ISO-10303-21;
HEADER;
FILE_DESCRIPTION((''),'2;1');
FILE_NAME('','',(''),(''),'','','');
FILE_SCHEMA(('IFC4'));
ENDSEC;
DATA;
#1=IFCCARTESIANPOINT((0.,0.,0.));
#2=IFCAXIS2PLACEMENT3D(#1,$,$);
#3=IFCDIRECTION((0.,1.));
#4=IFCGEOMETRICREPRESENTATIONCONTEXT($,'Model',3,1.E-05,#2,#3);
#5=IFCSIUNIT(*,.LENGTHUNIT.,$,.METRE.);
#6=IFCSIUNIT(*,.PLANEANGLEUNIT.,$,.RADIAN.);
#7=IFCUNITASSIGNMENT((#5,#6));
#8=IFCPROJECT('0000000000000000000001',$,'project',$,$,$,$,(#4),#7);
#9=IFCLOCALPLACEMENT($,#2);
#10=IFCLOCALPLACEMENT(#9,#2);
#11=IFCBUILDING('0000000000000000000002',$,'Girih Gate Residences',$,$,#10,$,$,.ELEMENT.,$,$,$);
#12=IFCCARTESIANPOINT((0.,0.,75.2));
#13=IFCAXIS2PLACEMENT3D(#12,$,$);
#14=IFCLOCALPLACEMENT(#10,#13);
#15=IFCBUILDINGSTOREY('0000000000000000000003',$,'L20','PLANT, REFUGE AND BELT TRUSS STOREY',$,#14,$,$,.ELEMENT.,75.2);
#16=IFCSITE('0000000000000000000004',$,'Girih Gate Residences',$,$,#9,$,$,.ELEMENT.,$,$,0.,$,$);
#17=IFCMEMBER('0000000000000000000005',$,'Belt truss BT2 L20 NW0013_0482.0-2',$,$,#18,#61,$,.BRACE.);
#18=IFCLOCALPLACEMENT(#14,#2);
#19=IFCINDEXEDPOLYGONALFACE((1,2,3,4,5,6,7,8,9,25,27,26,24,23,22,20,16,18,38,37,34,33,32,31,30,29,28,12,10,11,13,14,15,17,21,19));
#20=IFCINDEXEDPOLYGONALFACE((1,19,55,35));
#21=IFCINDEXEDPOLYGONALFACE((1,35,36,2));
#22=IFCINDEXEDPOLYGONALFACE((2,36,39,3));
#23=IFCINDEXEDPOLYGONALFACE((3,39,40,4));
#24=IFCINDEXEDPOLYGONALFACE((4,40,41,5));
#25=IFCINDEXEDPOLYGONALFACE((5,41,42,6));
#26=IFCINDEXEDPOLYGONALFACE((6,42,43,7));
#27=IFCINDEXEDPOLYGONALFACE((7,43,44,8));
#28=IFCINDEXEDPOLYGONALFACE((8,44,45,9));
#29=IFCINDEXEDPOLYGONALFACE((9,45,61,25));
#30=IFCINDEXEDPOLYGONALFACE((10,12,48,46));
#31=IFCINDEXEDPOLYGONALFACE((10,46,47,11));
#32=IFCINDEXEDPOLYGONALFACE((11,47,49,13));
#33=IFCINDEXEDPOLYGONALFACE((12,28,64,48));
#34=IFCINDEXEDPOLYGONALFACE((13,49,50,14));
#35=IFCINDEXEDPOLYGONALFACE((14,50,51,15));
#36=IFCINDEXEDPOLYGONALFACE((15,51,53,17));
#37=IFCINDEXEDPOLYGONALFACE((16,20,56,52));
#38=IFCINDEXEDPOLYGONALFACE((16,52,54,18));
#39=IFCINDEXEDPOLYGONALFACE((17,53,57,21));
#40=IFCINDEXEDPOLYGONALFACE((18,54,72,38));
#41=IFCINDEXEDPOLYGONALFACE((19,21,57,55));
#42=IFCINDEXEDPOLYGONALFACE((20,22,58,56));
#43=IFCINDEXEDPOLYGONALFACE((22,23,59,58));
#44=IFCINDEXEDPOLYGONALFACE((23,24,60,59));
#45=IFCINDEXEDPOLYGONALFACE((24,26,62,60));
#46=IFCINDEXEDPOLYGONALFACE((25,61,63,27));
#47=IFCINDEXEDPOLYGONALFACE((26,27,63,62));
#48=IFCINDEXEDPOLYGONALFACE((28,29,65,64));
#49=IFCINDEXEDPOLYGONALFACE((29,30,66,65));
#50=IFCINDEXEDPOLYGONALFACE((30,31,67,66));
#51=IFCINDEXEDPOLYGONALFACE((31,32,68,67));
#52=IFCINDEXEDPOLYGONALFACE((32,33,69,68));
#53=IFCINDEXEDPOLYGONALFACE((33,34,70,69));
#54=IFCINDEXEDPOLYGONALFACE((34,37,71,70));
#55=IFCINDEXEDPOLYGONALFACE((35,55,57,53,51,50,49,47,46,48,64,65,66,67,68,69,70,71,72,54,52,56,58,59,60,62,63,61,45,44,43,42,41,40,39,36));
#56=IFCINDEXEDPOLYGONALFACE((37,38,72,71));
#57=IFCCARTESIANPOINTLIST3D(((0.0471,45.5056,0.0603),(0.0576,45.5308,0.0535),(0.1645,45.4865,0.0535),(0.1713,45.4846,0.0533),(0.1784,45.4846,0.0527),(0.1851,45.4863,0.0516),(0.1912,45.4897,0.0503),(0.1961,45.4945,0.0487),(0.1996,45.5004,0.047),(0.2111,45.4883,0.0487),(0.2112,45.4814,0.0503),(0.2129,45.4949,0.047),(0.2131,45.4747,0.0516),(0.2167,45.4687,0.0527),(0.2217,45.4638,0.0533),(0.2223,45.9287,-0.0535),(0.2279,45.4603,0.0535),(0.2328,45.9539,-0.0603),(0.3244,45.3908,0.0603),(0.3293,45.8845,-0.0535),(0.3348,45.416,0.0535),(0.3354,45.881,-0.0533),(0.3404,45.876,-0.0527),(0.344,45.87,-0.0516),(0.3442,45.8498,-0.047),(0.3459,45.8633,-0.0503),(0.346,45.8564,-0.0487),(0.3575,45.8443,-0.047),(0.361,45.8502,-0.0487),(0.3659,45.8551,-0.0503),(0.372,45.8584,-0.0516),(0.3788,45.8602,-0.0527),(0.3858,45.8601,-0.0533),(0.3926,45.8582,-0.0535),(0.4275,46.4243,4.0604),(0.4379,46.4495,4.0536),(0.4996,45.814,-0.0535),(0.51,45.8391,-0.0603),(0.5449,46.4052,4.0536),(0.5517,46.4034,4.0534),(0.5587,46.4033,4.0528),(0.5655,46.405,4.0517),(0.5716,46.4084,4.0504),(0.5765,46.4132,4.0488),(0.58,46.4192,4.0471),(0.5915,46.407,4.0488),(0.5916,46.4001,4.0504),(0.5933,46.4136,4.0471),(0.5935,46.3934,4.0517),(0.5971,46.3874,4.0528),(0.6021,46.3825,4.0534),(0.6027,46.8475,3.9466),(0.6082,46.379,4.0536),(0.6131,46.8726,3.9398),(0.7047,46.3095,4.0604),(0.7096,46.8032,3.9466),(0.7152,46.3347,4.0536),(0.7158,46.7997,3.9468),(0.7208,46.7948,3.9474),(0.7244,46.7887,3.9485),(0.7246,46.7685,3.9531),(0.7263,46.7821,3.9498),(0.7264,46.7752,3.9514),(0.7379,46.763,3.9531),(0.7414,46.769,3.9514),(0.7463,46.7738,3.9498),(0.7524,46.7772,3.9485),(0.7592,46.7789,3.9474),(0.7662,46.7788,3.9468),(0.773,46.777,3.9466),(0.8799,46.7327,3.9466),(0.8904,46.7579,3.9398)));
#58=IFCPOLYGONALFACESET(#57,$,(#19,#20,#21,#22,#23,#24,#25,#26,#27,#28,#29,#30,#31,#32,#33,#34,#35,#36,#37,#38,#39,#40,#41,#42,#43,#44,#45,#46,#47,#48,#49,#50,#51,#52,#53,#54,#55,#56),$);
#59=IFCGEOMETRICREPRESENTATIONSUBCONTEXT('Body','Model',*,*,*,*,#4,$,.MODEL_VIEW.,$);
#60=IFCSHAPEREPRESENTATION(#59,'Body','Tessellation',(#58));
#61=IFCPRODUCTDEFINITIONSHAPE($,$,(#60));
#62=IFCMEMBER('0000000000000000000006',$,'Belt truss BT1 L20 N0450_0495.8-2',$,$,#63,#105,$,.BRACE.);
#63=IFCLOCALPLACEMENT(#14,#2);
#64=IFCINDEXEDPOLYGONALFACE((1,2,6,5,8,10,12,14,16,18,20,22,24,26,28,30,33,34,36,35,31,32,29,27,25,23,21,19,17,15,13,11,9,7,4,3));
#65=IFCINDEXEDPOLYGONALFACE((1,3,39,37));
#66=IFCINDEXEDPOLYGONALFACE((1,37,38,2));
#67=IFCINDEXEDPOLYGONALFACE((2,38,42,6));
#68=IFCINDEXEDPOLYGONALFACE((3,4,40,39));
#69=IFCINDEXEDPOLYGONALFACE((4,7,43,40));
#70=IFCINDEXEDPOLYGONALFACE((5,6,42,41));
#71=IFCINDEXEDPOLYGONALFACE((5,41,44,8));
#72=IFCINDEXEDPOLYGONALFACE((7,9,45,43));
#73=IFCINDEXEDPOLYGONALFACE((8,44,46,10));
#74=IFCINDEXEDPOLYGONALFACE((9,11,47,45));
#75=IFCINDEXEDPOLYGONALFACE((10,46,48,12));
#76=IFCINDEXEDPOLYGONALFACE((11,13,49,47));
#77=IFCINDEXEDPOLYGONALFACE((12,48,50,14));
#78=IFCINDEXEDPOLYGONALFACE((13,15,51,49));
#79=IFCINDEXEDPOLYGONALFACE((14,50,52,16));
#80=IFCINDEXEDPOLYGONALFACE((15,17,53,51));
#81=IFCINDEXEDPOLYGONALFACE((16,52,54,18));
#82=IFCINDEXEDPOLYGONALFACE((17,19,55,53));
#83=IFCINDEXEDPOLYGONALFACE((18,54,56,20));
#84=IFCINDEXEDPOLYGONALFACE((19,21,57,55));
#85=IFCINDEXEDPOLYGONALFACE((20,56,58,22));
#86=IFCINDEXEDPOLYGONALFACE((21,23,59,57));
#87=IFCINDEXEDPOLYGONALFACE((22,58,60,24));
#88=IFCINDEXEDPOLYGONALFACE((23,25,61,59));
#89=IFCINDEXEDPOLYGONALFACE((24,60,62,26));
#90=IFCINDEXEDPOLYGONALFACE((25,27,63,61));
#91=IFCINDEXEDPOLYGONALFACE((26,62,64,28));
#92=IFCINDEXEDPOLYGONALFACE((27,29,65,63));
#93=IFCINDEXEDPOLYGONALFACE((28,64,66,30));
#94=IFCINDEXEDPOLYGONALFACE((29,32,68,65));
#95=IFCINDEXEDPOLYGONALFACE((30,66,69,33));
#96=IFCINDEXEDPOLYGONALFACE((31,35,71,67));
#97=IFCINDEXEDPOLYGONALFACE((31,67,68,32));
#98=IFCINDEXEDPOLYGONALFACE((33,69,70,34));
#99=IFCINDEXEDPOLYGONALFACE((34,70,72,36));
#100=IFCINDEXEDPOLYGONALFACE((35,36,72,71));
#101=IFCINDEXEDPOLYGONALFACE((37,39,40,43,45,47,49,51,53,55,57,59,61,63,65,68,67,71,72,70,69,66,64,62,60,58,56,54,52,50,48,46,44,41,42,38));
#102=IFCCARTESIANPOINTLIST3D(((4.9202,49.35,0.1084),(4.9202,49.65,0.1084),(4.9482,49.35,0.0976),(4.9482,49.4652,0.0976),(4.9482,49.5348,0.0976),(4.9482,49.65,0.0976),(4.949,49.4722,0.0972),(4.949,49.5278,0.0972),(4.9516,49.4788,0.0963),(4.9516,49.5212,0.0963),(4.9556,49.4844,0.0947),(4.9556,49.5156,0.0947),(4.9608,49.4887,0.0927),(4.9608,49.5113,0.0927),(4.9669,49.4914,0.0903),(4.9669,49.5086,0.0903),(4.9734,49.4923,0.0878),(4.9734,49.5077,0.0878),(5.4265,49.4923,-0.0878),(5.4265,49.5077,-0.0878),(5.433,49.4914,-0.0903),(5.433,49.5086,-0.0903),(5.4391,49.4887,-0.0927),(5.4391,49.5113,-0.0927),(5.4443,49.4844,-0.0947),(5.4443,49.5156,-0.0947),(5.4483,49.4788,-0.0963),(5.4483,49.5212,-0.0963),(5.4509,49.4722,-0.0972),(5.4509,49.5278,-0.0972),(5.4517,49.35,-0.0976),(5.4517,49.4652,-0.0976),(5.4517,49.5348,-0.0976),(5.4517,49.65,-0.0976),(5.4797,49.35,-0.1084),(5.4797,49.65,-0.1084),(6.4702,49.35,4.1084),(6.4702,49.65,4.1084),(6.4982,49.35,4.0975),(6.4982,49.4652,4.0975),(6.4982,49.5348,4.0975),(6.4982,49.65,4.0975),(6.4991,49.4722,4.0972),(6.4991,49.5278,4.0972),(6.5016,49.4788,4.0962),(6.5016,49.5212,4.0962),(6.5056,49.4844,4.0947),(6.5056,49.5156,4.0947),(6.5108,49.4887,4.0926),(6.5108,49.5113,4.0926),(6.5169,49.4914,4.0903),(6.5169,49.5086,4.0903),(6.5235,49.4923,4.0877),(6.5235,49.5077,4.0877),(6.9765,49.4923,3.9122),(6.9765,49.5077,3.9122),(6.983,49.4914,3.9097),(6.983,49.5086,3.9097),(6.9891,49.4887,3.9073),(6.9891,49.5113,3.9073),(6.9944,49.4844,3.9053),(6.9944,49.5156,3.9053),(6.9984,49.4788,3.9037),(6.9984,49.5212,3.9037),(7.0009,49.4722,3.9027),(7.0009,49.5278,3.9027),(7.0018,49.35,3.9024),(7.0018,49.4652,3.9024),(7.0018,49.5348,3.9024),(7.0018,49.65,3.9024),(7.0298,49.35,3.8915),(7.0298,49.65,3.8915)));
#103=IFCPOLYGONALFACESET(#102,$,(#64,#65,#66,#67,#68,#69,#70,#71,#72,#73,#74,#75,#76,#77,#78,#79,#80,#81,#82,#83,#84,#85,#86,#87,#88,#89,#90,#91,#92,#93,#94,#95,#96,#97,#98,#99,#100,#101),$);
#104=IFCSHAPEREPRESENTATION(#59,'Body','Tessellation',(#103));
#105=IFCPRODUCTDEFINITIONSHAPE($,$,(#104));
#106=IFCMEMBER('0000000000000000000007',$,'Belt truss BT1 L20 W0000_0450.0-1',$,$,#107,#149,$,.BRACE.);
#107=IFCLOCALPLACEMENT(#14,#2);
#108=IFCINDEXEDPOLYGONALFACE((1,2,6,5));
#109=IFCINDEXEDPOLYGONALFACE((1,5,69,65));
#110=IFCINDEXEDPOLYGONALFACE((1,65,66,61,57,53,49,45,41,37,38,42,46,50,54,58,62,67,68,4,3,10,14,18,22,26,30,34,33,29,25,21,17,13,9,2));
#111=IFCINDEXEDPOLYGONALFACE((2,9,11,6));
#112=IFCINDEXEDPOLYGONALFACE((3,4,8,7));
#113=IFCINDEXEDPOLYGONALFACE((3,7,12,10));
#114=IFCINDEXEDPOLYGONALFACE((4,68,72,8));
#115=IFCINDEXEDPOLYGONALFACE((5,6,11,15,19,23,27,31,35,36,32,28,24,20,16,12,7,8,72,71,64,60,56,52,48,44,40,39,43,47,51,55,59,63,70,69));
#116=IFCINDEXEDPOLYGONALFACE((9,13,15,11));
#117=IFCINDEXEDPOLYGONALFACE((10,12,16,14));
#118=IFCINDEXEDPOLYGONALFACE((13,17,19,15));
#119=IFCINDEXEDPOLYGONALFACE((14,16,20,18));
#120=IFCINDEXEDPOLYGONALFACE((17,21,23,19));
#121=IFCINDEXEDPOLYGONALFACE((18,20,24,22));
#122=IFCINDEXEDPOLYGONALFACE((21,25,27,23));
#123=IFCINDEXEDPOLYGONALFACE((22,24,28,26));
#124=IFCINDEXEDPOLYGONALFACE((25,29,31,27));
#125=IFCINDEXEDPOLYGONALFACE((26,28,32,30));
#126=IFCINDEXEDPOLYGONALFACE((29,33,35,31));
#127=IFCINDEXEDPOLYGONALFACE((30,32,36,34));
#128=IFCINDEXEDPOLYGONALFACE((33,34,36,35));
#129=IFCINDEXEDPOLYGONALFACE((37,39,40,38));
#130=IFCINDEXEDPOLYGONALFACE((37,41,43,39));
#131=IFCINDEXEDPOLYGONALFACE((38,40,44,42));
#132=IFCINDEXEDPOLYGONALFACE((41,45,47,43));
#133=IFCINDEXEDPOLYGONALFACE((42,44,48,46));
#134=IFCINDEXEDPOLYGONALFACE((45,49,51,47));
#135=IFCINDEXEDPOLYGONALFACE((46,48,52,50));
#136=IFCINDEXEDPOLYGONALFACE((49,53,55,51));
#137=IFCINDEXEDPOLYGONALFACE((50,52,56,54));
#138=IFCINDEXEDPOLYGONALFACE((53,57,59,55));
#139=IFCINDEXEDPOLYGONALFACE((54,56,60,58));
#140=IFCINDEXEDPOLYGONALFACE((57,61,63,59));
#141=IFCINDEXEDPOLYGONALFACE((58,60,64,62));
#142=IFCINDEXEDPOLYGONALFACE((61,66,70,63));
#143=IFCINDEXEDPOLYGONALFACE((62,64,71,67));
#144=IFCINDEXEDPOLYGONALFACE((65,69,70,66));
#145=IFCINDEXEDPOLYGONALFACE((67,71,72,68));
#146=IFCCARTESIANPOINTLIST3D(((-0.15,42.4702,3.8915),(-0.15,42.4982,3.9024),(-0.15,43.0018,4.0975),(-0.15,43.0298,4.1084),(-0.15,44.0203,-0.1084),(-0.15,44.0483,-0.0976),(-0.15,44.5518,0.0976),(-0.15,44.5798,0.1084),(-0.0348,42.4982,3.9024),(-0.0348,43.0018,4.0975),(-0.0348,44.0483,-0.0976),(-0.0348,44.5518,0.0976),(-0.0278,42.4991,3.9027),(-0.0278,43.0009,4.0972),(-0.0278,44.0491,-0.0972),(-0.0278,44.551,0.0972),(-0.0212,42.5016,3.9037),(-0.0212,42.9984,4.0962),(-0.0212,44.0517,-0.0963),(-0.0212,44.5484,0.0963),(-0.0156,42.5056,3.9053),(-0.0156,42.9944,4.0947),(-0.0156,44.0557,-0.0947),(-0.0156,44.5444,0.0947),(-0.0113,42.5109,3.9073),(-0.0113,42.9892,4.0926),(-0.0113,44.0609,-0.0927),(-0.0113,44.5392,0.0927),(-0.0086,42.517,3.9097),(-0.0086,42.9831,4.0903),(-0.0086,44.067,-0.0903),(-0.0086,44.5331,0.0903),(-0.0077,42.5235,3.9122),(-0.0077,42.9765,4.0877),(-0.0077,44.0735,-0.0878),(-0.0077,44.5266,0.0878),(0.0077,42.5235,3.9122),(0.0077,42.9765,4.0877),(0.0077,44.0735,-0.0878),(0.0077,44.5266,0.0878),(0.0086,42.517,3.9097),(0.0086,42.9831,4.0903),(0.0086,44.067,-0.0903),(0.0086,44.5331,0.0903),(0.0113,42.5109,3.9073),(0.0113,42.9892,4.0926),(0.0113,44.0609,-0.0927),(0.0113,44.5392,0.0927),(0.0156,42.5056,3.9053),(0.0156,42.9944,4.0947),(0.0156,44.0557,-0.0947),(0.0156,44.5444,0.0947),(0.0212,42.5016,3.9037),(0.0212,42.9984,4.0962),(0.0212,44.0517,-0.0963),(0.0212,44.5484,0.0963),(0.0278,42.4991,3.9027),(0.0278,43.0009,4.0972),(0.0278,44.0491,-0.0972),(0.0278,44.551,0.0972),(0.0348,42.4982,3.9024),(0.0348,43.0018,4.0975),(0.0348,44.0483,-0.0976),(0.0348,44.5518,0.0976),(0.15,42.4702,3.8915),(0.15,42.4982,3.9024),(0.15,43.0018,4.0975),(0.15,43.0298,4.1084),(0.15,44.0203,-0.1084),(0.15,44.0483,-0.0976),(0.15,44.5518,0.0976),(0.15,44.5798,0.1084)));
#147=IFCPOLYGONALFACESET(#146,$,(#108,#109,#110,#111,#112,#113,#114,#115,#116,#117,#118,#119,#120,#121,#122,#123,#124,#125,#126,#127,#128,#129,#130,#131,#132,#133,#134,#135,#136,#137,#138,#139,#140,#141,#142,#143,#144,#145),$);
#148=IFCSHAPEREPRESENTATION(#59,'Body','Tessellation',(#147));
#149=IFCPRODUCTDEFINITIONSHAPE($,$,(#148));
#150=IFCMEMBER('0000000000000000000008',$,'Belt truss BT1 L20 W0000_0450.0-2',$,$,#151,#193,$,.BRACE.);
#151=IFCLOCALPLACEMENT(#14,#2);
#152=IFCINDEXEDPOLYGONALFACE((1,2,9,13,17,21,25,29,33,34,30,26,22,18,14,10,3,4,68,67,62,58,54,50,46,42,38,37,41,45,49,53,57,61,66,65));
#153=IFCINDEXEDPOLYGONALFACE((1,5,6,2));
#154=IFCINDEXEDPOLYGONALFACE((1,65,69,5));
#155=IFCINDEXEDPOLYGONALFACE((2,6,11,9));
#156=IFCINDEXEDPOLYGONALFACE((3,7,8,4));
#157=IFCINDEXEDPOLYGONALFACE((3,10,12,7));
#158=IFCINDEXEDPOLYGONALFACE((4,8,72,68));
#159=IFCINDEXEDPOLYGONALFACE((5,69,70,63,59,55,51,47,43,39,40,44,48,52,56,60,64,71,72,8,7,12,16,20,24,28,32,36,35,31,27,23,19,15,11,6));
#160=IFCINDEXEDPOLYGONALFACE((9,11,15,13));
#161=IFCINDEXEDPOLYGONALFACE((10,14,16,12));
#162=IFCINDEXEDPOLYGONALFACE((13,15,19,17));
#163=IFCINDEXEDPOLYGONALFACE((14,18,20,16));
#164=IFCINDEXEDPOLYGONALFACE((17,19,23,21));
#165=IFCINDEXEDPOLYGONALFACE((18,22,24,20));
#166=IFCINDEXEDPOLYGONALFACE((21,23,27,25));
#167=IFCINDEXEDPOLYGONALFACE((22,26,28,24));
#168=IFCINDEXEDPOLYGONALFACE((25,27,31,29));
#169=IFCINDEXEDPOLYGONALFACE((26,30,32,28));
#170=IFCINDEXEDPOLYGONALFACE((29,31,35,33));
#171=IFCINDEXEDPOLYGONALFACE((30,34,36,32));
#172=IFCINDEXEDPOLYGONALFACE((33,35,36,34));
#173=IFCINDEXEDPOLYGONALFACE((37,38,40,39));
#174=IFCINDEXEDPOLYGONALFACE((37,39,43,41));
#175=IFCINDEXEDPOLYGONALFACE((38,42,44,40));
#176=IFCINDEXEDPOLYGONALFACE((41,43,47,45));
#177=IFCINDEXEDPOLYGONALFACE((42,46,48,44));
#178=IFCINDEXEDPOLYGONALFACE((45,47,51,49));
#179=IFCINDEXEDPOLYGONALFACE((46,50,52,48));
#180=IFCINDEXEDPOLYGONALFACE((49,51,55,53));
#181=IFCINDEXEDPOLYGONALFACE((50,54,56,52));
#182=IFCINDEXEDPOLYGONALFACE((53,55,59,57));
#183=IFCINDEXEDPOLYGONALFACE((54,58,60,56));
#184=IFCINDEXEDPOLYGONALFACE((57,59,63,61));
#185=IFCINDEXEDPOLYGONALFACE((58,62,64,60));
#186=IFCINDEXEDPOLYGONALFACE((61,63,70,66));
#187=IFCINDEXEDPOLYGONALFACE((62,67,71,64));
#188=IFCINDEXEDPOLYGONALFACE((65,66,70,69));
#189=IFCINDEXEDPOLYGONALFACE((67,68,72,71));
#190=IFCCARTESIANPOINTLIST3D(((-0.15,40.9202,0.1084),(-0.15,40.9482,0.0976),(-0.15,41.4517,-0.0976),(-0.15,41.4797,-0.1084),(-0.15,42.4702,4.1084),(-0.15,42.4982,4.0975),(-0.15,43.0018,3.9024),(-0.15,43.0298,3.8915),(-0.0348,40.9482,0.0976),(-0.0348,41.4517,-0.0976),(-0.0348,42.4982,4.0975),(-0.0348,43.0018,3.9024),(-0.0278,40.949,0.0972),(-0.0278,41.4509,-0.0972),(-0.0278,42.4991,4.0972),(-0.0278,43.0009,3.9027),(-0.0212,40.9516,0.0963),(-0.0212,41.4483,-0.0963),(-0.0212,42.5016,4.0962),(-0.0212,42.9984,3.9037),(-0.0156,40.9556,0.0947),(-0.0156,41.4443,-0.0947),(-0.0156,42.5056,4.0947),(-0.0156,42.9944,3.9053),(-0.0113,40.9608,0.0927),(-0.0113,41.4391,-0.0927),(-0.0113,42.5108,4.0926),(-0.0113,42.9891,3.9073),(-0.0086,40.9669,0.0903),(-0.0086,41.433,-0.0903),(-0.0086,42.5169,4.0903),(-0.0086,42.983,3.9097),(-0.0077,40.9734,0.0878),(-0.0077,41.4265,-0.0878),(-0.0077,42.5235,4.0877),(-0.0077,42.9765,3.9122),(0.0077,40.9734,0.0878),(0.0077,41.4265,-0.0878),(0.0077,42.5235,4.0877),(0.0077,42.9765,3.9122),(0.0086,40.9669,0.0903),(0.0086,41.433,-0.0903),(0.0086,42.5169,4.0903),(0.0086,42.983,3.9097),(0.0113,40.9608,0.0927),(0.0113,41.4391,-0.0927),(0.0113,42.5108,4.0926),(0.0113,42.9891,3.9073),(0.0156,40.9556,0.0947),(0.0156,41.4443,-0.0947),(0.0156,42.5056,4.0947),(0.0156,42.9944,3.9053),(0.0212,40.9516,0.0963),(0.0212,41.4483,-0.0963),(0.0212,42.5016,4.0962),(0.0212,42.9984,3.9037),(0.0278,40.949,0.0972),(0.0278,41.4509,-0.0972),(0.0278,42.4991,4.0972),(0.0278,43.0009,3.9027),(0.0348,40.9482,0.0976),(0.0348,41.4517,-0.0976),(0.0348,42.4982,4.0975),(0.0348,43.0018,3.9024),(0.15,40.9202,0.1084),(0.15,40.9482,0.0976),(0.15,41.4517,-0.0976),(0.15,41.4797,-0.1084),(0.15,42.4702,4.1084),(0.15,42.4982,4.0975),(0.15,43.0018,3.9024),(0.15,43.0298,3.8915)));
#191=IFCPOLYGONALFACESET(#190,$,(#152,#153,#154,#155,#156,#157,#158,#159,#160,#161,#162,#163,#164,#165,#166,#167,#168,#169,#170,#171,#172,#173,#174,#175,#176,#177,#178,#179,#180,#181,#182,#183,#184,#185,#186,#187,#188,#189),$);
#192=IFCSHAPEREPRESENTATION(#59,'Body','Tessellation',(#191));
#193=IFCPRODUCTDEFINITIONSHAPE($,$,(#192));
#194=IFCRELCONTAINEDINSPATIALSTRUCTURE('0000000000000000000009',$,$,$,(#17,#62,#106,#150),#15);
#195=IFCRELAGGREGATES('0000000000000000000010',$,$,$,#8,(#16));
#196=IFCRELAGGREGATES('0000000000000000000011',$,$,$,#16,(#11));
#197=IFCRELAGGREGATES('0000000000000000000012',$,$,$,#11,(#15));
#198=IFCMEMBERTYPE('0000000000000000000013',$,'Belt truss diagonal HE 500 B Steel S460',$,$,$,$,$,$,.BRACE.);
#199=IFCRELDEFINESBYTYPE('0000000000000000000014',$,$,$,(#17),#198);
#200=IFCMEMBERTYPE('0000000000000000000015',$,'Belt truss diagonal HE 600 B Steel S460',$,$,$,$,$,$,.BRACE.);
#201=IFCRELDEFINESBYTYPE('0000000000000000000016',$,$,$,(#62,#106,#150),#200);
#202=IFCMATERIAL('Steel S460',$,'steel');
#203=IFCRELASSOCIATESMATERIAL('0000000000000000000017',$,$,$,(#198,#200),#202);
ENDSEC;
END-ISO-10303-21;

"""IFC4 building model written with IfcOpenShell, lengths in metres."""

from ifc_helpers import new_model, si_unit, direction, frame, origin, origin_2d, place, context, subcontext, project, spatial, i_section, extrude, material, material_profile, profile_set, type_object, element, save


model = new_model("IFC4")

# Units and contexts
model_context = context("Model", 3, precision=1e-05, world=origin(), true_north=direction((0.0, 1.0)))
body_context = subcontext(model_context, "Body", "Model", "MODEL_VIEW")
ifc_project = project(units=[si_unit("LENGTHUNIT", "METRE"), si_unit("PLANEANGLEUNIT", "RADIAN")], contexts=[model_context])

# Site, building, storey
site_placement = place(None, origin())
site = spatial("IfcSite", under=ifc_project, at=site_placement, Name="Girih Gate Residences", CompositionType="ELEMENT", RefElevation=0.0)
building_placement = place(site_placement, origin())
building = spatial("IfcBuilding", under=site, at=building_placement, Name="Girih Gate Residences", CompositionType="ELEMENT")
storey_placement = place(building_placement, frame((0.0, 0.0, 75.2)))
storey = spatial("IfcBuildingStorey", under=building, at=storey_placement, Name="L20", Description="PLANT, REFUGE AND BELT TRUSS STOREY", CompositionType="ELEMENT", Elevation=75.2)

# Members
ifc_material_1 = material(Name="Steel S460", Category="steel")
ifc_material_profile_1 = material_profile(ifc_material_1, i_section(OverallWidth=0.3, OverallDepth=0.5, WebThickness=0.0144, FlangeThickness=0.0281, FilletRadius=0.0271, at=origin_2d()))
ifc_profile_set_1 = profile_set([ifc_material_profile_1], Name="Steel S460")
member_type_1 = type_object("IfcMemberType", Name="Belt truss diagonal HE 500 B Steel S460", PredefinedType="BRACE", material=ifc_profile_set_1)
for number, where, z_axis, x_axis, name in (
    (1, (0.2786, 45.6724, 0.0), (0.092284, 0.222892, 0.970465), (-0.923939, 0.38254, 0.0), "Belt truss BT2 L20 NW0013_0482.0-2"),
):
    element("IfcMember", number, at=place(storey_placement, frame(where, z_axis=z_axis, x_axis=x_axis)), inside=storey, type_object=member_type_1, Name=name, PredefinedType="BRACE", context=body_context, shape_type="SweptSolid", body=[
        extrude(i_section(OverallWidth=0.3, OverallDepth=0.5, WebThickness=0.0144, FlangeThickness=0.0281, FilletRadius=0.0271, at=origin_2d()), origin(), (0.0, 0.0, 1.0), 4.1218),
    ])
ifc_material_profile_2 = material_profile(ifc_material_1, i_section(OverallWidth=0.3, OverallDepth=0.6001, WebThickness=0.0154, FlangeThickness=0.03, FilletRadius=0.0271, at=origin_2d()))
ifc_profile_set_2 = profile_set([ifc_material_profile_2], Name="Steel S460")
member_type_2 = type_object("IfcMemberType", Name="Belt truss diagonal HE 600 B Steel S460", PredefinedType="BRACE", material=ifc_profile_set_2)
for number, where, z_axis, x_axis, name in (
    (2, (5.2, 49.5, 0.0), (0.361331, 0.0, 0.932438), (0.0, 1.0, 0.0), "Belt truss BT1 L20 N0450_0495.8-2"),
    (3, (0.0, 44.3, 0.0), (0.0, -0.361331, 0.932438), (1.0, 0.0, 0.0), "Belt truss BT1 L20 W0000_0450.0-1"),
    (4, (0.0, 41.2, 0.0), (0.0, 0.361331, 0.932438), (-1.0, 0.0, 0.0), "Belt truss BT1 L20 W0000_0450.0-2"),
):
    element("IfcMember", number, at=place(storey_placement, frame(where, z_axis=z_axis, x_axis=x_axis)), inside=storey, type_object=member_type_2, Name=name, PredefinedType="BRACE", context=body_context, shape_type="SweptSolid", body=[
        extrude(i_section(OverallWidth=0.3, OverallDepth=0.6001, WebThickness=0.0154, FlangeThickness=0.03, FilletRadius=0.0271, at=origin_2d()), origin(), (0.0, 0.0, 1.0), 4.2898),
    ])

save(model, "model.ifc")
